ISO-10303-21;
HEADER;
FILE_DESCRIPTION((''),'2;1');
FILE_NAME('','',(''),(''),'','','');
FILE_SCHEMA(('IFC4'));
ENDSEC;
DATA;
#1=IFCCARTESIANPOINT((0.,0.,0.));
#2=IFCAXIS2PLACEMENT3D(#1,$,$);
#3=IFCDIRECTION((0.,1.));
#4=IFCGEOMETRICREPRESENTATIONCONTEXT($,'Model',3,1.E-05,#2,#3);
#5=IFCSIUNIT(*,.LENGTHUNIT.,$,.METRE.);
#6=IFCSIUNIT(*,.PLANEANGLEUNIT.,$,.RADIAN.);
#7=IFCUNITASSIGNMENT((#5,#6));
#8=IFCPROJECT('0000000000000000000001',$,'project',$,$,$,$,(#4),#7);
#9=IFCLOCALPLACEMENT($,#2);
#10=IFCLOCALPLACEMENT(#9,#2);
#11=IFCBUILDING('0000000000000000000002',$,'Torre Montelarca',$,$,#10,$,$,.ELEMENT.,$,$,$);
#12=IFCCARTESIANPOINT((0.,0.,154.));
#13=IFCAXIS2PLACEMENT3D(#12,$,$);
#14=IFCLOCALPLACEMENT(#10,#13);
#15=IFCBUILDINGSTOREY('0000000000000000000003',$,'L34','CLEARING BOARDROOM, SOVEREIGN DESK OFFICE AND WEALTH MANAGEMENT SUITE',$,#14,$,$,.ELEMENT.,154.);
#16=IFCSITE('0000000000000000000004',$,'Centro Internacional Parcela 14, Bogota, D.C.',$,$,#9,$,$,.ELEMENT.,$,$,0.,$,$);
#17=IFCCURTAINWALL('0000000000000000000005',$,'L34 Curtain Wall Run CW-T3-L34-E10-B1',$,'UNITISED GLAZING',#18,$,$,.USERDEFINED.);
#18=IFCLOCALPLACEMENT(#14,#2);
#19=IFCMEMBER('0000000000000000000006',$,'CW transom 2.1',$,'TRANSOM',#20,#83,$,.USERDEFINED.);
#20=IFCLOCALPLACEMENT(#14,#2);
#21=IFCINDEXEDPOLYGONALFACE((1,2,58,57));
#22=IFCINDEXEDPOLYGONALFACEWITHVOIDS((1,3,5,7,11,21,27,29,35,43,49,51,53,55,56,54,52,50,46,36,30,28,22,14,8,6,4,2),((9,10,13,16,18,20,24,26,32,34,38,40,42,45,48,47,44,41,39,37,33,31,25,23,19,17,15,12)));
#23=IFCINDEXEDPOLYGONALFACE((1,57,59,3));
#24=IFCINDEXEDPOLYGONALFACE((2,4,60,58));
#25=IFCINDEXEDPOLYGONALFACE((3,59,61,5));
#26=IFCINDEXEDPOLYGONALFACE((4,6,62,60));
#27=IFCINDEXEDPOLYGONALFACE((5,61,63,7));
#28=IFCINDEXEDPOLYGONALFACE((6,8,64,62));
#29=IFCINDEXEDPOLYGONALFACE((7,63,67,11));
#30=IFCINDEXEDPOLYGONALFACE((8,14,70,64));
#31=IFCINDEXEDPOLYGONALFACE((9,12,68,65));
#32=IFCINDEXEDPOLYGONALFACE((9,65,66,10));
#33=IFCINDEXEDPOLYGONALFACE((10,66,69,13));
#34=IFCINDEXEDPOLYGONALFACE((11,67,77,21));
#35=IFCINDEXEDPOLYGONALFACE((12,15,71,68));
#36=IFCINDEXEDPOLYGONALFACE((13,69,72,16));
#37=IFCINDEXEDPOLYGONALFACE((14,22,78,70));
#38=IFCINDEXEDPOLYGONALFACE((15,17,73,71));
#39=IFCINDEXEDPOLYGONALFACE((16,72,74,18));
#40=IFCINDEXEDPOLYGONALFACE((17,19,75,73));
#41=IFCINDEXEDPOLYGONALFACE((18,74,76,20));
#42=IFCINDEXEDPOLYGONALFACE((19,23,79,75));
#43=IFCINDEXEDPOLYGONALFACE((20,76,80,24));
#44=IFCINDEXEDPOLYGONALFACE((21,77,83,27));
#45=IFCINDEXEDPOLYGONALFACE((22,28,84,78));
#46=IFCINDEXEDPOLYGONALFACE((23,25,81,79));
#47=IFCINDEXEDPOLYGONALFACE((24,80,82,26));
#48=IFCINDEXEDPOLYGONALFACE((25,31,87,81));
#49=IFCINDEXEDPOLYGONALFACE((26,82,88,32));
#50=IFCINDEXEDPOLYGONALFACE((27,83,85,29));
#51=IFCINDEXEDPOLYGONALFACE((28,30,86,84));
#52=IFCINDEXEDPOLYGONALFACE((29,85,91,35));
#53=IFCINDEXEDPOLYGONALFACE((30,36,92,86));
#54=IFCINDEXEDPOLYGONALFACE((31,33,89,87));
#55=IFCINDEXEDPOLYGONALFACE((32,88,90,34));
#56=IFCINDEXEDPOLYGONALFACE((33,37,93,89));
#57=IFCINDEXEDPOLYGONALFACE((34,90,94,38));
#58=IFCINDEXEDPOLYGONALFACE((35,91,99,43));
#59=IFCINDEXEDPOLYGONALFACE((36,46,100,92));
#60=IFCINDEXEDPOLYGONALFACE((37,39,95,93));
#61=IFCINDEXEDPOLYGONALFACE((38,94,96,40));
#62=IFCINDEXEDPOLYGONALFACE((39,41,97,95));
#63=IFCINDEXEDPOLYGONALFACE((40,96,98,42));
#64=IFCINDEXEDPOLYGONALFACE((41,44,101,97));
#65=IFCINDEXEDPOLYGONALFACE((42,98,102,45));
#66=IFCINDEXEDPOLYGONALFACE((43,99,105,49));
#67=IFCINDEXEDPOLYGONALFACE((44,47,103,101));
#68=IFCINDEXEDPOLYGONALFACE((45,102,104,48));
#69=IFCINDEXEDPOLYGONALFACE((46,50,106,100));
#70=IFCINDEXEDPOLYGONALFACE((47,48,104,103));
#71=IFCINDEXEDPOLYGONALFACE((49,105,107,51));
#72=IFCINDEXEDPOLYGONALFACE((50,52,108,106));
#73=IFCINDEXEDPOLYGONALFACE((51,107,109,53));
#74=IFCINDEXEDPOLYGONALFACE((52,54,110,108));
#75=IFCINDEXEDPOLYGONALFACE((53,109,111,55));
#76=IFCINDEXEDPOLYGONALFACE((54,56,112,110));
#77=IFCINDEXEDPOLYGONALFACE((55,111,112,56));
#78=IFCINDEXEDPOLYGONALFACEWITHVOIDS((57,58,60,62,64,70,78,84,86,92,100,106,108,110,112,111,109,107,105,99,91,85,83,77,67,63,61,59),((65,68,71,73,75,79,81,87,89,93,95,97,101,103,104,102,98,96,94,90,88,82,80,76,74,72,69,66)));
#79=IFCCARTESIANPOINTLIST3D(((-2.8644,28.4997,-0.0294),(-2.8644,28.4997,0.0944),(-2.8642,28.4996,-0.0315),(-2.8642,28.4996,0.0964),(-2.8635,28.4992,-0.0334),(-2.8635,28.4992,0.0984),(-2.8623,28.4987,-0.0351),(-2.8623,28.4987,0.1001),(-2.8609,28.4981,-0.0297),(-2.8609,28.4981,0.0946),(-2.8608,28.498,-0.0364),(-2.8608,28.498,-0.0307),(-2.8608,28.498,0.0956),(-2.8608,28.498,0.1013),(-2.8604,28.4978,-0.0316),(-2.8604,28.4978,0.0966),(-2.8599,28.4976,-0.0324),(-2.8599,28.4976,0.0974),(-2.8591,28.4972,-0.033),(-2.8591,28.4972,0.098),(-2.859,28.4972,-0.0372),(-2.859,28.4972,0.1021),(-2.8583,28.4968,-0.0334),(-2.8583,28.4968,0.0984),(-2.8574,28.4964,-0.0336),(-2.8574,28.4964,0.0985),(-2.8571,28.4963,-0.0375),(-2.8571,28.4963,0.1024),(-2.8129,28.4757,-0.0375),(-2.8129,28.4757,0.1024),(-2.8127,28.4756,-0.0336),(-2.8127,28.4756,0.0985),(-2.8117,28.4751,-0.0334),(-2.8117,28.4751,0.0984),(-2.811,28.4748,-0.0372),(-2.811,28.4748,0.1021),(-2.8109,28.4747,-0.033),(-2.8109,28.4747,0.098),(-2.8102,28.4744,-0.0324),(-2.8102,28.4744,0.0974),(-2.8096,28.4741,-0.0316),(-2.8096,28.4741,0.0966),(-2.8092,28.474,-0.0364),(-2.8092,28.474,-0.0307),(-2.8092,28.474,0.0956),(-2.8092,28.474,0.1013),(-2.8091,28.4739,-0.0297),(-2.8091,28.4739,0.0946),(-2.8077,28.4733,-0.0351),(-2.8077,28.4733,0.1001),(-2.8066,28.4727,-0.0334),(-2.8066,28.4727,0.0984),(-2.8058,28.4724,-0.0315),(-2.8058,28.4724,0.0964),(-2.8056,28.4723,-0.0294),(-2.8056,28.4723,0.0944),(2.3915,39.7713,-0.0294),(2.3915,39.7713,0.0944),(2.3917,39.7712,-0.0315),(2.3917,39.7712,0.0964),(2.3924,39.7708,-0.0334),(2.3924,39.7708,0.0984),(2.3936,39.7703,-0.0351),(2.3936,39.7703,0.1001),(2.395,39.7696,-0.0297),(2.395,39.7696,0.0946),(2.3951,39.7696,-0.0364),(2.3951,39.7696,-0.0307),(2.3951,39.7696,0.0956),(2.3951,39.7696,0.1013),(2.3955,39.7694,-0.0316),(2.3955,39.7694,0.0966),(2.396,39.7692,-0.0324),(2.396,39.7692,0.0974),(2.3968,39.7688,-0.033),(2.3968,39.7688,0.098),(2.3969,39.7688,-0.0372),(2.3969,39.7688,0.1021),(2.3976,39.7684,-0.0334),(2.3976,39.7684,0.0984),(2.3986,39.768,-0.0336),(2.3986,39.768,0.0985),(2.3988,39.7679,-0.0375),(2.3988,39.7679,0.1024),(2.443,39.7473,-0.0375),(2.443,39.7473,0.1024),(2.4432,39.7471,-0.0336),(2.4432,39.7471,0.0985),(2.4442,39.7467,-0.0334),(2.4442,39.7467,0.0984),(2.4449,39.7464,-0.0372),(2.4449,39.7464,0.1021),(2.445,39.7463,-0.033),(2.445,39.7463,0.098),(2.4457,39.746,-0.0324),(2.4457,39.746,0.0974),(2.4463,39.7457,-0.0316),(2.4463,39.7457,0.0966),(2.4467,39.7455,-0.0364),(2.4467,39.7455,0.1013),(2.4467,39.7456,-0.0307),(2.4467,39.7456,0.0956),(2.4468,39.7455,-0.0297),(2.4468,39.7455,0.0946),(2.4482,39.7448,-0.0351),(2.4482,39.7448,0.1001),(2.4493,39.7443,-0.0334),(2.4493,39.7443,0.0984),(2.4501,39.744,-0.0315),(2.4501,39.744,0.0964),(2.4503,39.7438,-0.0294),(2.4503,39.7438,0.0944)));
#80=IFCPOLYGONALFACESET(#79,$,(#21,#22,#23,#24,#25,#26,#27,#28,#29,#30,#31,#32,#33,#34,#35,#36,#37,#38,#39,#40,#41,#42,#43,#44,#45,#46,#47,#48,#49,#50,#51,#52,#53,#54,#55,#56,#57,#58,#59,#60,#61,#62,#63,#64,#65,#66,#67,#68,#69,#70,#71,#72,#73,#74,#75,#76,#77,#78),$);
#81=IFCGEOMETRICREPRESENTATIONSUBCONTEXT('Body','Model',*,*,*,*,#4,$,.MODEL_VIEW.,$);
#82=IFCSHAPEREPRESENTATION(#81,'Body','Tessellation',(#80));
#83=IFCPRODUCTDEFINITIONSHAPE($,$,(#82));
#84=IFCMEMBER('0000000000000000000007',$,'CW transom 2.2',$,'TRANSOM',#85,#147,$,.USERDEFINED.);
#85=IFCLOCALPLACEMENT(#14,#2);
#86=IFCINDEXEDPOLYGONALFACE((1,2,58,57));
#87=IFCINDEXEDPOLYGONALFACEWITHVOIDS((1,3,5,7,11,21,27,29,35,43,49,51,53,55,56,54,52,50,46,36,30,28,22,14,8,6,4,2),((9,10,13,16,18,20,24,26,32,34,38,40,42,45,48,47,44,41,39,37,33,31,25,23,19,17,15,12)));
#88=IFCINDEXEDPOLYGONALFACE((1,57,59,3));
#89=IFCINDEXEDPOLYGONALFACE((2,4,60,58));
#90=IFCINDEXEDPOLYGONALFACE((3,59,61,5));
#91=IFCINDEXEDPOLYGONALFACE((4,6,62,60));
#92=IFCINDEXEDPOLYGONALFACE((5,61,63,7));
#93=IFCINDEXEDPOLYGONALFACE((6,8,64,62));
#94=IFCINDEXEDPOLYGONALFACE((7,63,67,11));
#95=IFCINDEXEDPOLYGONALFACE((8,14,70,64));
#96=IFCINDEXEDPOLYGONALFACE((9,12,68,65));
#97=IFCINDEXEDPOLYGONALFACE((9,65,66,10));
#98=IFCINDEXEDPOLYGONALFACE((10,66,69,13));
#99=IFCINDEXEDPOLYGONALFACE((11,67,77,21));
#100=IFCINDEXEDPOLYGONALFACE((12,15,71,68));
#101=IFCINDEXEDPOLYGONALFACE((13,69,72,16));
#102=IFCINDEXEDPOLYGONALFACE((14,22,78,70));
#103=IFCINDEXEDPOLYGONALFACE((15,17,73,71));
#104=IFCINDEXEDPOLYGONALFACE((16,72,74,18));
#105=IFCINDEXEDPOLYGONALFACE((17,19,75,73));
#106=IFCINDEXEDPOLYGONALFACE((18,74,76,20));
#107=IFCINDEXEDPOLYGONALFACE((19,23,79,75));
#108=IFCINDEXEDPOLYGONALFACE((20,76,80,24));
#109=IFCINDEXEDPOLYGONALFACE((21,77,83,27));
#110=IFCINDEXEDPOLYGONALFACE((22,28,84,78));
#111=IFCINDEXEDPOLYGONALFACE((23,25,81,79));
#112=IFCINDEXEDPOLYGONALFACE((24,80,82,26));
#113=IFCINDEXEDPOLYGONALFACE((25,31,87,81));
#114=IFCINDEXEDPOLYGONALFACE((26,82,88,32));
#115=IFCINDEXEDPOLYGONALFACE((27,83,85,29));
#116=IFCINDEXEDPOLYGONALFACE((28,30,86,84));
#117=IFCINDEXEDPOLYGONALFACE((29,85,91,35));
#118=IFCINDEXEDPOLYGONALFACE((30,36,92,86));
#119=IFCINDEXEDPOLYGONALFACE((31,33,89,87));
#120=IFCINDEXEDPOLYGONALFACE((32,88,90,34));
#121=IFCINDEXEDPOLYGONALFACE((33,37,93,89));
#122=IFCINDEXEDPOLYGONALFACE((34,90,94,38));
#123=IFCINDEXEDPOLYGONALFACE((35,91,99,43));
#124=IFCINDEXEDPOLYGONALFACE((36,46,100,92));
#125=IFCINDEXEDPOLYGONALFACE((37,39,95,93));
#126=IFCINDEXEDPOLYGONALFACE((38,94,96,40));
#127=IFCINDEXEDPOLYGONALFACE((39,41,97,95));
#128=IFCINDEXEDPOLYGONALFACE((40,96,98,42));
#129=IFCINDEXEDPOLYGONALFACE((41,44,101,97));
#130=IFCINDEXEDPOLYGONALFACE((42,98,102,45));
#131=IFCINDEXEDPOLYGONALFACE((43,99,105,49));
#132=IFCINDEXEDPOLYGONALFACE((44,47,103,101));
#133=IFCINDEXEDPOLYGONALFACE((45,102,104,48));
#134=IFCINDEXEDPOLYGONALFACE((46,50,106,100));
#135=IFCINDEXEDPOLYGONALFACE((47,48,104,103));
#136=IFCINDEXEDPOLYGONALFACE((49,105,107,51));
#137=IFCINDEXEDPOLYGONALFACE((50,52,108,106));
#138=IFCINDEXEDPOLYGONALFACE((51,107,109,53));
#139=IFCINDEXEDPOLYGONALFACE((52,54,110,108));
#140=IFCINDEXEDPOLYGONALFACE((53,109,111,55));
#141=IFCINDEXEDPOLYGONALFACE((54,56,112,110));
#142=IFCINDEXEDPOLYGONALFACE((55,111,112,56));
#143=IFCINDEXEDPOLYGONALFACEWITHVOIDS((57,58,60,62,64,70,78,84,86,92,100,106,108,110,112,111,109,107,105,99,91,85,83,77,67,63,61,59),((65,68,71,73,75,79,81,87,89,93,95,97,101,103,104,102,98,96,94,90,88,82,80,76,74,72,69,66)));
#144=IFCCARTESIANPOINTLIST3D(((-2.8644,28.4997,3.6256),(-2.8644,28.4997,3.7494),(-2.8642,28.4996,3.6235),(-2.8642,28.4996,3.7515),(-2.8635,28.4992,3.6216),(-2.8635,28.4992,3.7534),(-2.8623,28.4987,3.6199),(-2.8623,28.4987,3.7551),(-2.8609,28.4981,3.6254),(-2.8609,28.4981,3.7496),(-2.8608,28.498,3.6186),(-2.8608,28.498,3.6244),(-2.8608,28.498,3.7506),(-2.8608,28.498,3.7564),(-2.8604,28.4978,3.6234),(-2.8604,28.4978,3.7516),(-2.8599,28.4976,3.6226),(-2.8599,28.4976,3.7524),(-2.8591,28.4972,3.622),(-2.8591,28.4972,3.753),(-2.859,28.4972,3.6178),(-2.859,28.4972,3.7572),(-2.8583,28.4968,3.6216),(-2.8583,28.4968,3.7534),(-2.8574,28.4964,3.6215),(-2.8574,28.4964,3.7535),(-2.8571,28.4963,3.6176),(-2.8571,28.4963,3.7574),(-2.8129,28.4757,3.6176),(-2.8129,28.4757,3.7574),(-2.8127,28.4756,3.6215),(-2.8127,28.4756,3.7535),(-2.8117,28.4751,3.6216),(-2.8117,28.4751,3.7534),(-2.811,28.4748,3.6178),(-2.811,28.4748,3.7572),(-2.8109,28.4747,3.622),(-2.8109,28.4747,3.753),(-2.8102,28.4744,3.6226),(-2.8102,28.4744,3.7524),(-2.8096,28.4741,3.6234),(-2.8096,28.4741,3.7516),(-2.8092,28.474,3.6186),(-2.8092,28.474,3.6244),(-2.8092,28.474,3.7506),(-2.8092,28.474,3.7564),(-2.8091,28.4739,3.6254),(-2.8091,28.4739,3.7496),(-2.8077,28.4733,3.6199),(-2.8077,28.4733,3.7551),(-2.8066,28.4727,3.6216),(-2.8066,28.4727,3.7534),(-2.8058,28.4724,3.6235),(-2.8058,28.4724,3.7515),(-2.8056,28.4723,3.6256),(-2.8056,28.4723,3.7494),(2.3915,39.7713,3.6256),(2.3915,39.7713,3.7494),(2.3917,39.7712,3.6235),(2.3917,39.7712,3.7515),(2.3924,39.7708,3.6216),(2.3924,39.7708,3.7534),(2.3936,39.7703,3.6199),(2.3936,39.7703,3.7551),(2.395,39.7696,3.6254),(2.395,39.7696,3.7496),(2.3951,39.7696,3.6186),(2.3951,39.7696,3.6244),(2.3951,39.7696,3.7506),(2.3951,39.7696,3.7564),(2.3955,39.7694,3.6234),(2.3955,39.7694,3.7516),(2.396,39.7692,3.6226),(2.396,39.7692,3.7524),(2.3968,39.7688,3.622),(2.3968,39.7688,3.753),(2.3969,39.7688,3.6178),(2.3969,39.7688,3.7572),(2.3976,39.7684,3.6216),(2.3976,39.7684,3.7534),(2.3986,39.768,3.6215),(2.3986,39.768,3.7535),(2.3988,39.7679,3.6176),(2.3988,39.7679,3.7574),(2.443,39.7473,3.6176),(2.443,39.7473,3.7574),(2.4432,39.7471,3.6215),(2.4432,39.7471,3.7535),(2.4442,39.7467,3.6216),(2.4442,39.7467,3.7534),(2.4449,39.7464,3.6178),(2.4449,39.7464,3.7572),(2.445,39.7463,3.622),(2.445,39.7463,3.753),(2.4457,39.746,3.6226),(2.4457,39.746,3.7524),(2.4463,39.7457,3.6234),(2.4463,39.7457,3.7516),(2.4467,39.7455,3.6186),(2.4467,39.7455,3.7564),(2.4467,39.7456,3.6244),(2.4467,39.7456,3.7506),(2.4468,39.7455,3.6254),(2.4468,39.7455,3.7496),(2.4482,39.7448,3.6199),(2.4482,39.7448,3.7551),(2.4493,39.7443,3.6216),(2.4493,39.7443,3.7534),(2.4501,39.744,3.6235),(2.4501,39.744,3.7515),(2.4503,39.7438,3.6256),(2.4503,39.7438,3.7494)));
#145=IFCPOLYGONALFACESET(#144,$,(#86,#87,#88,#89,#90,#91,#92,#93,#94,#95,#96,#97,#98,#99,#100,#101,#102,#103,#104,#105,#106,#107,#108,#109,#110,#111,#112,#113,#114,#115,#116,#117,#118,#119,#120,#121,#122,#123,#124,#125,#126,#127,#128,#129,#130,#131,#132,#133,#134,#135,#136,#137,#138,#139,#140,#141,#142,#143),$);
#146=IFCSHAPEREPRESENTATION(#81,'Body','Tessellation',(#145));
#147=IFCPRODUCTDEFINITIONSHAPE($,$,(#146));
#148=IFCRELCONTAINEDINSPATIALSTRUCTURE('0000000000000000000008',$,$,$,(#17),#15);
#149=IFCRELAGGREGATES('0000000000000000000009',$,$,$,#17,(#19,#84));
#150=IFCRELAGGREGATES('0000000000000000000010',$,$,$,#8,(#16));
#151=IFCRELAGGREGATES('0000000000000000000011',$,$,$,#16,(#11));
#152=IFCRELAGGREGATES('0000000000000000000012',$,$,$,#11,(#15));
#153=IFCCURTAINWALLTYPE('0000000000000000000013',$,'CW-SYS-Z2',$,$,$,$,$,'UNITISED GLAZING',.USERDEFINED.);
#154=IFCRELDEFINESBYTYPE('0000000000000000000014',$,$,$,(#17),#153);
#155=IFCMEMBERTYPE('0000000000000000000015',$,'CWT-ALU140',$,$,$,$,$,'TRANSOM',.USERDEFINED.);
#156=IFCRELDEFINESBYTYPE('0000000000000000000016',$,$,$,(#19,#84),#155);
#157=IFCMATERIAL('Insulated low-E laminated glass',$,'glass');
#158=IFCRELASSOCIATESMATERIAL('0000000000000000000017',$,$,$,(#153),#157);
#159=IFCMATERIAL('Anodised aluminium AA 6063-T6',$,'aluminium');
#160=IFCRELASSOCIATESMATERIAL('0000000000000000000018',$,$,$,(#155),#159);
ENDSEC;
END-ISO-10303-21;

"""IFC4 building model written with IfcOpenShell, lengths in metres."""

from ifc_helpers import new_model, si_unit, direction, frame, origin, origin_2d, place, context, subcontext, project, spatial, hollow_rectangle, extrude, source, transform, mapped, material, material_profile, profile_set, type_object, element, aggregate, save


model = new_model("IFC4")

# Units and contexts
model_context = context("Model", 3, precision=1e-05, world=origin(), true_north=direction((0.0, 1.0)))
body_context = subcontext(model_context, "Body", "Model", "MODEL_VIEW")
ifc_project = project(units=[si_unit("LENGTHUNIT", "METRE"), si_unit("PLANEANGLEUNIT", "RADIAN")], contexts=[model_context])

# Site, building, storey
site_placement = place(None, origin())
site = spatial("IfcSite", under=ifc_project, at=site_placement, Name="Centro Internacional Parcela 14, Bogota, D.C.", CompositionType="ELEMENT", RefElevation=0.0)
building_placement = place(site_placement, origin())
building = spatial("IfcBuilding", under=site, at=building_placement, Name="Torre Montelarca", CompositionType="ELEMENT")
storey_placement = place(building_placement, frame((0.0, 0.0, 154.0)))
storey = spatial("IfcBuildingStorey", under=building, at=storey_placement, Name="L34", Description="CLEARING BOARDROOM, SOVEREIGN DESK OFFICE AND WEALTH MANAGEMENT SUITE", CompositionType="ELEMENT", Elevation=154.0)

# Curtain wall, members
ifc_material_1 = material(Name="Insulated low-E laminated glass", Category="glass")
curtain_wall_type = type_object("IfcCurtainWallType", Name="CW-SYS-Z2", ElementType="UNITISED GLAZING", PredefinedType="USERDEFINED", material=ifc_material_1)
curtain_wall_1_placement = place(storey_placement, origin())
curtain_wall_1 = element("IfcCurtainWall", 1, at=curtain_wall_1_placement, inside=storey, type_object=curtain_wall_type, Name="L34 Curtain Wall Run CW-T3-L34-E10-B1", ObjectType="UNITISED GLAZING", PredefinedType="USERDEFINED")
ifc_material_2 = material(Name="Anodised aluminium AA 6063-T6", Category="aluminium")
ifc_material_profile_1 = material_profile(ifc_material_2, hollow_rectangle(XDim=0.0649, YDim=0.1399, WallThickness=0.0039, InnerFilletRadius=0.0039, OuterFilletRadius=0.0081, at=origin_2d()), Name="ALU65X140X4", Category="aluminium")
ifc_profile_set_1 = profile_set([ifc_material_profile_1], Name="Anodised aluminium AA 6063-T6")
member_type_1 = type_object("IfcMemberType", Name="CWT-ALU140", ElementType="TRANSOM", PredefinedType="USERDEFINED", material=ifc_profile_set_1)
shared_shape_1 = source(origin(), body_context, "Body", "SweptSolid", [
    extrude(hollow_rectangle(XDim=0.0649, YDim=0.1399, WallThickness=0.0039, InnerFilletRadius=0.0039, OuterFilletRadius=0.0081, at=origin_2d()), origin(), (0.0, 0.0, 1.0), 12.4368),
])
member_1_placement = place(storey_placement, frame((2.4209, 39.7576, 0.0325), z_axis=(-0.42261, -0.906311, 0.0), x_axis=(0.906311, -0.42261, 0.0)))
member_1 = element("IfcMember", 2, at=member_1_placement, type_object=member_type_1, Name="CW transom 2.1", ObjectType="TRANSOM", PredefinedType="USERDEFINED", context=body_context, shape_type="MappedRepresentation", body=[
    mapped(shared_shape_1, transform((0.0, 0.0, 0.0), scale=1.0)),
])
member_2_placement = place(storey_placement, frame((2.4209, 39.7576, 3.6875), z_axis=(-0.42261, -0.906311, 0.0), x_axis=(0.906311, -0.42261, 0.0)))
member_2 = element("IfcMember", 3, at=member_2_placement, type_object=member_type_1, Name="CW transom 2.2", ObjectType="TRANSOM", PredefinedType="USERDEFINED", context=body_context, shape_type="MappedRepresentation", body=[
    mapped(shared_shape_1, transform((0.0, 0.0, 0.0), scale=1.0)),
])

aggregate(curtain_wall_1, [member_1, member_2])

save(model, "model.ifc")
